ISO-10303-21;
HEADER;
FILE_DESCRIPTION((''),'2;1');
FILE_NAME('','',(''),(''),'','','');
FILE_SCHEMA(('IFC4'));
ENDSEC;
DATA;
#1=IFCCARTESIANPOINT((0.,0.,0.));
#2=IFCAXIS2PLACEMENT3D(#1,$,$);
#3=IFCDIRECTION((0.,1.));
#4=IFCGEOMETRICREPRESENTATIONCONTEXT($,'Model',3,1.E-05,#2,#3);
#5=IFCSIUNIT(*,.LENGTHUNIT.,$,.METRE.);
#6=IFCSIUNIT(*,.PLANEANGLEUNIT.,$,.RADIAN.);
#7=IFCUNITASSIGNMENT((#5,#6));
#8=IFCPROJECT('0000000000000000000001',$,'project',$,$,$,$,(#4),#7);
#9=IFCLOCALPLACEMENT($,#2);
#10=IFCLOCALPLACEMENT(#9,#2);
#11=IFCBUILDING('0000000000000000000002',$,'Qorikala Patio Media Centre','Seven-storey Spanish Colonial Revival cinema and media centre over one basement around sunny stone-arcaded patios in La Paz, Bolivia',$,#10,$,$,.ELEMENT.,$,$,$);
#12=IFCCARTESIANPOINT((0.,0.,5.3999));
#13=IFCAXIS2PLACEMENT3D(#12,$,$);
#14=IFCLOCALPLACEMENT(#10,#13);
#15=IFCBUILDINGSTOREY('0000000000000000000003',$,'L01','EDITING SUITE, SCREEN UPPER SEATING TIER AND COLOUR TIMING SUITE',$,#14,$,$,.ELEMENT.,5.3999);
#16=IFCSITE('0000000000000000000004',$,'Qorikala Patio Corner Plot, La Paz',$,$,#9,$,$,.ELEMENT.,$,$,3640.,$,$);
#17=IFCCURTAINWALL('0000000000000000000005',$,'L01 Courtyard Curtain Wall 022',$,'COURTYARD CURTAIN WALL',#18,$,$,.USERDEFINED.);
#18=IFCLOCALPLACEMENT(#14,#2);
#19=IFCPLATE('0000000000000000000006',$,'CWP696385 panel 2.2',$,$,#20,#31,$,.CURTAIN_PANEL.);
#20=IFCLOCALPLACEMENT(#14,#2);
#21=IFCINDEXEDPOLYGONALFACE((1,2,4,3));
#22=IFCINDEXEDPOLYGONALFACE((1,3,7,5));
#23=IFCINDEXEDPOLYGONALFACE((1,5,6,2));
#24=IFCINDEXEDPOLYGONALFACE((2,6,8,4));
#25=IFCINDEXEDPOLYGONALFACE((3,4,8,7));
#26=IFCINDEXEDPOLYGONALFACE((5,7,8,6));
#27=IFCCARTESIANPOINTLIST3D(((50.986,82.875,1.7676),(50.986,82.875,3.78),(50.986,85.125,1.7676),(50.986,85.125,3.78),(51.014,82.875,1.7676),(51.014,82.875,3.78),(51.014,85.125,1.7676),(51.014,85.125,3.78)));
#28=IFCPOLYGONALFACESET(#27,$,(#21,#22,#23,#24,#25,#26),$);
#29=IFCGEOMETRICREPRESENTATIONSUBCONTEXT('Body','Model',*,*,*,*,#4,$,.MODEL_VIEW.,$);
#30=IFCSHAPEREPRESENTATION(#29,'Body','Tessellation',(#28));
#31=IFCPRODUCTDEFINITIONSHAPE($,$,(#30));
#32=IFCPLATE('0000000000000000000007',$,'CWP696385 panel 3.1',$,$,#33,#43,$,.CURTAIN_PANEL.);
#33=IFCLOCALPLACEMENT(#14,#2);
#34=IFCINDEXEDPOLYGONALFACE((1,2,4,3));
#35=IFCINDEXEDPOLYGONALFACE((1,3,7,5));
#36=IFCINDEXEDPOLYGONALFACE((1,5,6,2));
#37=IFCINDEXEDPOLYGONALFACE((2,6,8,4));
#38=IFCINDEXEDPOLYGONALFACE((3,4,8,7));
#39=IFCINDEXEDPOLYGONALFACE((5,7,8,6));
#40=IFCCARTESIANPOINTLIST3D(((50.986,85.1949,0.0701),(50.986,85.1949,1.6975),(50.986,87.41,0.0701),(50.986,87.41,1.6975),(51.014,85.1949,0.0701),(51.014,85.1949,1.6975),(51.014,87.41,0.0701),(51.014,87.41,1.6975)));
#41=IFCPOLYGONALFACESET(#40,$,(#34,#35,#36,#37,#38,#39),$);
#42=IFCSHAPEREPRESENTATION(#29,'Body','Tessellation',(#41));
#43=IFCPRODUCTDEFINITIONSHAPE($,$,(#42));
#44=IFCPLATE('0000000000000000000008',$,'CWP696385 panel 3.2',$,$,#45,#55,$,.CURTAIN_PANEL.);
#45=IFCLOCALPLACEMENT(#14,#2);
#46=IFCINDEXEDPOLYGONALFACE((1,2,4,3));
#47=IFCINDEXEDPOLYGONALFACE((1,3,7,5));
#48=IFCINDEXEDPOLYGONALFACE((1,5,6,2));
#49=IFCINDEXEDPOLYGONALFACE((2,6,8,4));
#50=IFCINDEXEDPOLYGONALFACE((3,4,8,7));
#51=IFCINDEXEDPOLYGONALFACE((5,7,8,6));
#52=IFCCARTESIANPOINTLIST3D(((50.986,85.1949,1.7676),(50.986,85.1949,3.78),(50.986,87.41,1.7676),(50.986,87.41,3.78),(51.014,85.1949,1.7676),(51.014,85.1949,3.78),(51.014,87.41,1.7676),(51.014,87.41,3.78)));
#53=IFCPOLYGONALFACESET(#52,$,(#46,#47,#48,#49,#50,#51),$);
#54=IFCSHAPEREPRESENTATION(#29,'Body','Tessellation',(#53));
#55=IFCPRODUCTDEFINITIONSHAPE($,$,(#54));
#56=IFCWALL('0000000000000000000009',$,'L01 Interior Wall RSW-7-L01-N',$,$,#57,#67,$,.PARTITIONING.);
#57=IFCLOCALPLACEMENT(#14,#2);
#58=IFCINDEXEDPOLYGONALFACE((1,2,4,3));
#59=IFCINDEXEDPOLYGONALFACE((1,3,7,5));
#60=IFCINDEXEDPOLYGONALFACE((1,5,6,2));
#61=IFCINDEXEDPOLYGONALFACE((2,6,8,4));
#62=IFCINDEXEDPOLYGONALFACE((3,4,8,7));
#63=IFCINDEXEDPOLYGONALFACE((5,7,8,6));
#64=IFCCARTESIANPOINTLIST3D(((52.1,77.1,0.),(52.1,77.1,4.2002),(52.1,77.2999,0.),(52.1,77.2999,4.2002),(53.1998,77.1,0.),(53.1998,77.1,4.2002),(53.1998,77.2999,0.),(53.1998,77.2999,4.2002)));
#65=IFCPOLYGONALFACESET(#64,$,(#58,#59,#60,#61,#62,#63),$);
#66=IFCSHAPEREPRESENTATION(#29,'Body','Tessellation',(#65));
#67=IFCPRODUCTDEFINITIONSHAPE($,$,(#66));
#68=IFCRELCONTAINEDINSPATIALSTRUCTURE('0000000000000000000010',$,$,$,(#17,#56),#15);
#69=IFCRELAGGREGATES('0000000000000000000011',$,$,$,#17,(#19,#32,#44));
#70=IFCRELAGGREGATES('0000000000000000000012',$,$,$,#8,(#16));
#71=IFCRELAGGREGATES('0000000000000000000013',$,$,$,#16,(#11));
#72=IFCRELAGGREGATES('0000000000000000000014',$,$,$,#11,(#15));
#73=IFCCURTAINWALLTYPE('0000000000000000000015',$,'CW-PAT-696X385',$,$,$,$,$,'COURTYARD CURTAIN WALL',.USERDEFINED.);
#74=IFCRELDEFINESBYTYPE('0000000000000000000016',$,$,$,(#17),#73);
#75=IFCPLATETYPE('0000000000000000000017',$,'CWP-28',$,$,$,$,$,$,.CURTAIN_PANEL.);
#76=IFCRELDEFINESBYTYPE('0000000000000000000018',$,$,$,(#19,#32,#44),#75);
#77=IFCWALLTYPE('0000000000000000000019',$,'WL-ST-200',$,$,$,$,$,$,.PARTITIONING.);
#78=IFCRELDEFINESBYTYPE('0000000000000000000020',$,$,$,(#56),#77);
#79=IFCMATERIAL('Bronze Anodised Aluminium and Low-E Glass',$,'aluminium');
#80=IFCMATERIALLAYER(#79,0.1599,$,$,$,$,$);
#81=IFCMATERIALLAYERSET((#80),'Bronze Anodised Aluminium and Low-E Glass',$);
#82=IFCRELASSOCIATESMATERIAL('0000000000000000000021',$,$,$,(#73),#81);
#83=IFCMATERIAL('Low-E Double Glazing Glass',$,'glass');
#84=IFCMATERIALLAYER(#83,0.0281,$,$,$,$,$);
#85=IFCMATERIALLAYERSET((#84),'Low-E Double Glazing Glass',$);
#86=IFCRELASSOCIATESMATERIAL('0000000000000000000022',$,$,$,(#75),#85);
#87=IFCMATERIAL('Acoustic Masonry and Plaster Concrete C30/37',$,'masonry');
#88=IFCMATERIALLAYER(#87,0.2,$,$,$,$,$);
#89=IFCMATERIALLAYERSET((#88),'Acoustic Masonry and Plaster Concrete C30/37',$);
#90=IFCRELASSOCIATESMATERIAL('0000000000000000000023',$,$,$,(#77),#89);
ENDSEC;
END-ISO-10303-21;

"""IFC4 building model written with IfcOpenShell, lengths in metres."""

from ifc_helpers import new_model, si_unit, direction, frame, frame_2d, origin, origin_2d, place, context, subcontext, project, spatial, rectangle, extrude, material, layer, layer_set, type_object, element, aggregate, save


model = new_model("IFC4")

# Units and contexts
model_context = context("Model", 3, precision=1e-05, world=origin(), true_north=direction((0.0, 1.0)))
body_context = subcontext(model_context, "Body", "Model", "MODEL_VIEW")
ifc_project = project(units=[si_unit("LENGTHUNIT", "METRE"), si_unit("PLANEANGLEUNIT", "RADIAN")], contexts=[model_context])

# Site, building, storey
site_placement = place(None, origin())
site = spatial("IfcSite", under=ifc_project, at=site_placement, Name="Qorikala Patio Corner Plot, La Paz", CompositionType="ELEMENT", RefElevation=3640.0)
building_placement = place(site_placement, origin())
building = spatial("IfcBuilding", under=site, at=building_placement, Name="Qorikala Patio Media Centre", Description="Seven-storey Spanish Colonial Revival cinema and media centre over one basement around sunny stone-arcaded patios in La Paz, Bolivia", CompositionType="ELEMENT")
storey_placement = place(building_placement, frame((0.0, 0.0, 5.3999)))
storey = spatial("IfcBuildingStorey", under=building, at=storey_placement, Name="L01", Description="EDITING SUITE, SCREEN UPPER SEATING TIER AND COLOUR TIMING SUITE", CompositionType="ELEMENT", Elevation=5.3999)

# Shared definitions
ifc_material_1 = material(Name="Bronze Anodised Aluminium and Low-E Glass", Category="aluminium")
ifc_layer_1 = layer(ifc_material_1, 0.1599)
ifc_layer_set_1 = layer_set([ifc_layer_1], Name="Bronze Anodised Aluminium and Low-E Glass")
curtain_wall_type = type_object("IfcCurtainWallType", Name="CW-PAT-696X385", ElementType="COURTYARD CURTAIN WALL", PredefinedType="USERDEFINED", material=ifc_layer_set_1)

# Curtain wall
curtain_wall_1_placement = place(storey_placement, origin())
curtain_wall_1 = element("IfcCurtainWall", 1, at=curtain_wall_1_placement, inside=storey, type_object=curtain_wall_type, Name="L01 Courtyard Curtain Wall 022", ObjectType="COURTYARD CURTAIN WALL", PredefinedType="USERDEFINED")

# Plates
ifc_material_2 = material(Name="Low-E Double Glazing Glass", Category="glass")
ifc_layer_2 = layer(ifc_material_2, 0.0281)
ifc_layer_set_2 = layer_set([ifc_layer_2], Name="Low-E Double Glazing Glass")
plate_type = type_object("IfcPlateType", Name="CWP-28", PredefinedType="CURTAIN_PANEL", material=ifc_layer_set_2)
plate_1_placement = place(storey_placement, frame((51.0, 84.0, 1.7676), z_axis=(0.0, 0.0, 1.0), x_axis=(0.0, 1.0, 0.0)))
plate_1 = element("IfcPlate", 2, at=plate_1_placement, type_object=plate_type, Name="CWP696385 panel 2.2", PredefinedType="CURTAIN_PANEL", context=body_context, shape_type="SweptSolid", body=[
    extrude(rectangle(XDim=2.25, YDim=0.0281, at=origin_2d()), origin(), (0.0, 0.0, 1.0), 2.0125),
])
plate_2_placement = place(storey_placement, frame((51.0, 86.3025, 0.0701), z_axis=(0.0, 0.0, 1.0), x_axis=(0.0, 1.0, 0.0)))
plate_2 = element("IfcPlate", 3, at=plate_2_placement, type_object=plate_type, Name="CWP696385 panel 3.1", PredefinedType="CURTAIN_PANEL", context=body_context, shape_type="SweptSolid", body=[
    extrude(rectangle(XDim=2.2151, YDim=0.0281, at=origin_2d()), origin(), (0.0, 0.0, 1.0), 1.6274),
])
plate_3_placement = place(storey_placement, frame((51.0, 86.3025, 1.7676), z_axis=(0.0, 0.0, 1.0), x_axis=(0.0, 1.0, 0.0)))
plate_3 = element("IfcPlate", 4, at=plate_3_placement, type_object=plate_type, Name="CWP696385 panel 3.2", PredefinedType="CURTAIN_PANEL", context=body_context, shape_type="SweptSolid", body=[
    extrude(rectangle(XDim=2.2151, YDim=0.0281, at=origin_2d()), origin(), (0.0, 0.0, 1.0), 2.0125),
])
aggregate(curtain_wall_1, [plate_1, plate_2, plate_3])

# Wall
ifc_material_3 = material(Name="Acoustic Masonry and Plaster Concrete C30/37", Category="masonry")
ifc_layer_3 = layer(ifc_material_3, 0.2)
ifc_layer_set_3 = layer_set([ifc_layer_3], Name="Acoustic Masonry and Plaster Concrete C30/37")
wall_type = type_object("IfcWallType", Name="WL-ST-200", PredefinedType="PARTITIONING", material=ifc_layer_set_3)
wall_placement = place(storey_placement, frame((52.1001, 77.2, 0.0), z_axis=(0.0, 0.0, 1.0), x_axis=(1.0, 0.0, 0.0)))
element("IfcWall", 5, at=wall_placement, inside=storey, type_object=wall_type, Name="L01 Interior Wall RSW-7-L01-N", PredefinedType="PARTITIONING", context=body_context, shape_type="SweptSolid", body=[
    extrude(rectangle(XDim=1.0999, YDim=0.2, at=frame_2d((0.5498, 0.0))), origin(), (0.0, 0.0, 1.0), 4.2002),
])

save(model, "model.ifc")
